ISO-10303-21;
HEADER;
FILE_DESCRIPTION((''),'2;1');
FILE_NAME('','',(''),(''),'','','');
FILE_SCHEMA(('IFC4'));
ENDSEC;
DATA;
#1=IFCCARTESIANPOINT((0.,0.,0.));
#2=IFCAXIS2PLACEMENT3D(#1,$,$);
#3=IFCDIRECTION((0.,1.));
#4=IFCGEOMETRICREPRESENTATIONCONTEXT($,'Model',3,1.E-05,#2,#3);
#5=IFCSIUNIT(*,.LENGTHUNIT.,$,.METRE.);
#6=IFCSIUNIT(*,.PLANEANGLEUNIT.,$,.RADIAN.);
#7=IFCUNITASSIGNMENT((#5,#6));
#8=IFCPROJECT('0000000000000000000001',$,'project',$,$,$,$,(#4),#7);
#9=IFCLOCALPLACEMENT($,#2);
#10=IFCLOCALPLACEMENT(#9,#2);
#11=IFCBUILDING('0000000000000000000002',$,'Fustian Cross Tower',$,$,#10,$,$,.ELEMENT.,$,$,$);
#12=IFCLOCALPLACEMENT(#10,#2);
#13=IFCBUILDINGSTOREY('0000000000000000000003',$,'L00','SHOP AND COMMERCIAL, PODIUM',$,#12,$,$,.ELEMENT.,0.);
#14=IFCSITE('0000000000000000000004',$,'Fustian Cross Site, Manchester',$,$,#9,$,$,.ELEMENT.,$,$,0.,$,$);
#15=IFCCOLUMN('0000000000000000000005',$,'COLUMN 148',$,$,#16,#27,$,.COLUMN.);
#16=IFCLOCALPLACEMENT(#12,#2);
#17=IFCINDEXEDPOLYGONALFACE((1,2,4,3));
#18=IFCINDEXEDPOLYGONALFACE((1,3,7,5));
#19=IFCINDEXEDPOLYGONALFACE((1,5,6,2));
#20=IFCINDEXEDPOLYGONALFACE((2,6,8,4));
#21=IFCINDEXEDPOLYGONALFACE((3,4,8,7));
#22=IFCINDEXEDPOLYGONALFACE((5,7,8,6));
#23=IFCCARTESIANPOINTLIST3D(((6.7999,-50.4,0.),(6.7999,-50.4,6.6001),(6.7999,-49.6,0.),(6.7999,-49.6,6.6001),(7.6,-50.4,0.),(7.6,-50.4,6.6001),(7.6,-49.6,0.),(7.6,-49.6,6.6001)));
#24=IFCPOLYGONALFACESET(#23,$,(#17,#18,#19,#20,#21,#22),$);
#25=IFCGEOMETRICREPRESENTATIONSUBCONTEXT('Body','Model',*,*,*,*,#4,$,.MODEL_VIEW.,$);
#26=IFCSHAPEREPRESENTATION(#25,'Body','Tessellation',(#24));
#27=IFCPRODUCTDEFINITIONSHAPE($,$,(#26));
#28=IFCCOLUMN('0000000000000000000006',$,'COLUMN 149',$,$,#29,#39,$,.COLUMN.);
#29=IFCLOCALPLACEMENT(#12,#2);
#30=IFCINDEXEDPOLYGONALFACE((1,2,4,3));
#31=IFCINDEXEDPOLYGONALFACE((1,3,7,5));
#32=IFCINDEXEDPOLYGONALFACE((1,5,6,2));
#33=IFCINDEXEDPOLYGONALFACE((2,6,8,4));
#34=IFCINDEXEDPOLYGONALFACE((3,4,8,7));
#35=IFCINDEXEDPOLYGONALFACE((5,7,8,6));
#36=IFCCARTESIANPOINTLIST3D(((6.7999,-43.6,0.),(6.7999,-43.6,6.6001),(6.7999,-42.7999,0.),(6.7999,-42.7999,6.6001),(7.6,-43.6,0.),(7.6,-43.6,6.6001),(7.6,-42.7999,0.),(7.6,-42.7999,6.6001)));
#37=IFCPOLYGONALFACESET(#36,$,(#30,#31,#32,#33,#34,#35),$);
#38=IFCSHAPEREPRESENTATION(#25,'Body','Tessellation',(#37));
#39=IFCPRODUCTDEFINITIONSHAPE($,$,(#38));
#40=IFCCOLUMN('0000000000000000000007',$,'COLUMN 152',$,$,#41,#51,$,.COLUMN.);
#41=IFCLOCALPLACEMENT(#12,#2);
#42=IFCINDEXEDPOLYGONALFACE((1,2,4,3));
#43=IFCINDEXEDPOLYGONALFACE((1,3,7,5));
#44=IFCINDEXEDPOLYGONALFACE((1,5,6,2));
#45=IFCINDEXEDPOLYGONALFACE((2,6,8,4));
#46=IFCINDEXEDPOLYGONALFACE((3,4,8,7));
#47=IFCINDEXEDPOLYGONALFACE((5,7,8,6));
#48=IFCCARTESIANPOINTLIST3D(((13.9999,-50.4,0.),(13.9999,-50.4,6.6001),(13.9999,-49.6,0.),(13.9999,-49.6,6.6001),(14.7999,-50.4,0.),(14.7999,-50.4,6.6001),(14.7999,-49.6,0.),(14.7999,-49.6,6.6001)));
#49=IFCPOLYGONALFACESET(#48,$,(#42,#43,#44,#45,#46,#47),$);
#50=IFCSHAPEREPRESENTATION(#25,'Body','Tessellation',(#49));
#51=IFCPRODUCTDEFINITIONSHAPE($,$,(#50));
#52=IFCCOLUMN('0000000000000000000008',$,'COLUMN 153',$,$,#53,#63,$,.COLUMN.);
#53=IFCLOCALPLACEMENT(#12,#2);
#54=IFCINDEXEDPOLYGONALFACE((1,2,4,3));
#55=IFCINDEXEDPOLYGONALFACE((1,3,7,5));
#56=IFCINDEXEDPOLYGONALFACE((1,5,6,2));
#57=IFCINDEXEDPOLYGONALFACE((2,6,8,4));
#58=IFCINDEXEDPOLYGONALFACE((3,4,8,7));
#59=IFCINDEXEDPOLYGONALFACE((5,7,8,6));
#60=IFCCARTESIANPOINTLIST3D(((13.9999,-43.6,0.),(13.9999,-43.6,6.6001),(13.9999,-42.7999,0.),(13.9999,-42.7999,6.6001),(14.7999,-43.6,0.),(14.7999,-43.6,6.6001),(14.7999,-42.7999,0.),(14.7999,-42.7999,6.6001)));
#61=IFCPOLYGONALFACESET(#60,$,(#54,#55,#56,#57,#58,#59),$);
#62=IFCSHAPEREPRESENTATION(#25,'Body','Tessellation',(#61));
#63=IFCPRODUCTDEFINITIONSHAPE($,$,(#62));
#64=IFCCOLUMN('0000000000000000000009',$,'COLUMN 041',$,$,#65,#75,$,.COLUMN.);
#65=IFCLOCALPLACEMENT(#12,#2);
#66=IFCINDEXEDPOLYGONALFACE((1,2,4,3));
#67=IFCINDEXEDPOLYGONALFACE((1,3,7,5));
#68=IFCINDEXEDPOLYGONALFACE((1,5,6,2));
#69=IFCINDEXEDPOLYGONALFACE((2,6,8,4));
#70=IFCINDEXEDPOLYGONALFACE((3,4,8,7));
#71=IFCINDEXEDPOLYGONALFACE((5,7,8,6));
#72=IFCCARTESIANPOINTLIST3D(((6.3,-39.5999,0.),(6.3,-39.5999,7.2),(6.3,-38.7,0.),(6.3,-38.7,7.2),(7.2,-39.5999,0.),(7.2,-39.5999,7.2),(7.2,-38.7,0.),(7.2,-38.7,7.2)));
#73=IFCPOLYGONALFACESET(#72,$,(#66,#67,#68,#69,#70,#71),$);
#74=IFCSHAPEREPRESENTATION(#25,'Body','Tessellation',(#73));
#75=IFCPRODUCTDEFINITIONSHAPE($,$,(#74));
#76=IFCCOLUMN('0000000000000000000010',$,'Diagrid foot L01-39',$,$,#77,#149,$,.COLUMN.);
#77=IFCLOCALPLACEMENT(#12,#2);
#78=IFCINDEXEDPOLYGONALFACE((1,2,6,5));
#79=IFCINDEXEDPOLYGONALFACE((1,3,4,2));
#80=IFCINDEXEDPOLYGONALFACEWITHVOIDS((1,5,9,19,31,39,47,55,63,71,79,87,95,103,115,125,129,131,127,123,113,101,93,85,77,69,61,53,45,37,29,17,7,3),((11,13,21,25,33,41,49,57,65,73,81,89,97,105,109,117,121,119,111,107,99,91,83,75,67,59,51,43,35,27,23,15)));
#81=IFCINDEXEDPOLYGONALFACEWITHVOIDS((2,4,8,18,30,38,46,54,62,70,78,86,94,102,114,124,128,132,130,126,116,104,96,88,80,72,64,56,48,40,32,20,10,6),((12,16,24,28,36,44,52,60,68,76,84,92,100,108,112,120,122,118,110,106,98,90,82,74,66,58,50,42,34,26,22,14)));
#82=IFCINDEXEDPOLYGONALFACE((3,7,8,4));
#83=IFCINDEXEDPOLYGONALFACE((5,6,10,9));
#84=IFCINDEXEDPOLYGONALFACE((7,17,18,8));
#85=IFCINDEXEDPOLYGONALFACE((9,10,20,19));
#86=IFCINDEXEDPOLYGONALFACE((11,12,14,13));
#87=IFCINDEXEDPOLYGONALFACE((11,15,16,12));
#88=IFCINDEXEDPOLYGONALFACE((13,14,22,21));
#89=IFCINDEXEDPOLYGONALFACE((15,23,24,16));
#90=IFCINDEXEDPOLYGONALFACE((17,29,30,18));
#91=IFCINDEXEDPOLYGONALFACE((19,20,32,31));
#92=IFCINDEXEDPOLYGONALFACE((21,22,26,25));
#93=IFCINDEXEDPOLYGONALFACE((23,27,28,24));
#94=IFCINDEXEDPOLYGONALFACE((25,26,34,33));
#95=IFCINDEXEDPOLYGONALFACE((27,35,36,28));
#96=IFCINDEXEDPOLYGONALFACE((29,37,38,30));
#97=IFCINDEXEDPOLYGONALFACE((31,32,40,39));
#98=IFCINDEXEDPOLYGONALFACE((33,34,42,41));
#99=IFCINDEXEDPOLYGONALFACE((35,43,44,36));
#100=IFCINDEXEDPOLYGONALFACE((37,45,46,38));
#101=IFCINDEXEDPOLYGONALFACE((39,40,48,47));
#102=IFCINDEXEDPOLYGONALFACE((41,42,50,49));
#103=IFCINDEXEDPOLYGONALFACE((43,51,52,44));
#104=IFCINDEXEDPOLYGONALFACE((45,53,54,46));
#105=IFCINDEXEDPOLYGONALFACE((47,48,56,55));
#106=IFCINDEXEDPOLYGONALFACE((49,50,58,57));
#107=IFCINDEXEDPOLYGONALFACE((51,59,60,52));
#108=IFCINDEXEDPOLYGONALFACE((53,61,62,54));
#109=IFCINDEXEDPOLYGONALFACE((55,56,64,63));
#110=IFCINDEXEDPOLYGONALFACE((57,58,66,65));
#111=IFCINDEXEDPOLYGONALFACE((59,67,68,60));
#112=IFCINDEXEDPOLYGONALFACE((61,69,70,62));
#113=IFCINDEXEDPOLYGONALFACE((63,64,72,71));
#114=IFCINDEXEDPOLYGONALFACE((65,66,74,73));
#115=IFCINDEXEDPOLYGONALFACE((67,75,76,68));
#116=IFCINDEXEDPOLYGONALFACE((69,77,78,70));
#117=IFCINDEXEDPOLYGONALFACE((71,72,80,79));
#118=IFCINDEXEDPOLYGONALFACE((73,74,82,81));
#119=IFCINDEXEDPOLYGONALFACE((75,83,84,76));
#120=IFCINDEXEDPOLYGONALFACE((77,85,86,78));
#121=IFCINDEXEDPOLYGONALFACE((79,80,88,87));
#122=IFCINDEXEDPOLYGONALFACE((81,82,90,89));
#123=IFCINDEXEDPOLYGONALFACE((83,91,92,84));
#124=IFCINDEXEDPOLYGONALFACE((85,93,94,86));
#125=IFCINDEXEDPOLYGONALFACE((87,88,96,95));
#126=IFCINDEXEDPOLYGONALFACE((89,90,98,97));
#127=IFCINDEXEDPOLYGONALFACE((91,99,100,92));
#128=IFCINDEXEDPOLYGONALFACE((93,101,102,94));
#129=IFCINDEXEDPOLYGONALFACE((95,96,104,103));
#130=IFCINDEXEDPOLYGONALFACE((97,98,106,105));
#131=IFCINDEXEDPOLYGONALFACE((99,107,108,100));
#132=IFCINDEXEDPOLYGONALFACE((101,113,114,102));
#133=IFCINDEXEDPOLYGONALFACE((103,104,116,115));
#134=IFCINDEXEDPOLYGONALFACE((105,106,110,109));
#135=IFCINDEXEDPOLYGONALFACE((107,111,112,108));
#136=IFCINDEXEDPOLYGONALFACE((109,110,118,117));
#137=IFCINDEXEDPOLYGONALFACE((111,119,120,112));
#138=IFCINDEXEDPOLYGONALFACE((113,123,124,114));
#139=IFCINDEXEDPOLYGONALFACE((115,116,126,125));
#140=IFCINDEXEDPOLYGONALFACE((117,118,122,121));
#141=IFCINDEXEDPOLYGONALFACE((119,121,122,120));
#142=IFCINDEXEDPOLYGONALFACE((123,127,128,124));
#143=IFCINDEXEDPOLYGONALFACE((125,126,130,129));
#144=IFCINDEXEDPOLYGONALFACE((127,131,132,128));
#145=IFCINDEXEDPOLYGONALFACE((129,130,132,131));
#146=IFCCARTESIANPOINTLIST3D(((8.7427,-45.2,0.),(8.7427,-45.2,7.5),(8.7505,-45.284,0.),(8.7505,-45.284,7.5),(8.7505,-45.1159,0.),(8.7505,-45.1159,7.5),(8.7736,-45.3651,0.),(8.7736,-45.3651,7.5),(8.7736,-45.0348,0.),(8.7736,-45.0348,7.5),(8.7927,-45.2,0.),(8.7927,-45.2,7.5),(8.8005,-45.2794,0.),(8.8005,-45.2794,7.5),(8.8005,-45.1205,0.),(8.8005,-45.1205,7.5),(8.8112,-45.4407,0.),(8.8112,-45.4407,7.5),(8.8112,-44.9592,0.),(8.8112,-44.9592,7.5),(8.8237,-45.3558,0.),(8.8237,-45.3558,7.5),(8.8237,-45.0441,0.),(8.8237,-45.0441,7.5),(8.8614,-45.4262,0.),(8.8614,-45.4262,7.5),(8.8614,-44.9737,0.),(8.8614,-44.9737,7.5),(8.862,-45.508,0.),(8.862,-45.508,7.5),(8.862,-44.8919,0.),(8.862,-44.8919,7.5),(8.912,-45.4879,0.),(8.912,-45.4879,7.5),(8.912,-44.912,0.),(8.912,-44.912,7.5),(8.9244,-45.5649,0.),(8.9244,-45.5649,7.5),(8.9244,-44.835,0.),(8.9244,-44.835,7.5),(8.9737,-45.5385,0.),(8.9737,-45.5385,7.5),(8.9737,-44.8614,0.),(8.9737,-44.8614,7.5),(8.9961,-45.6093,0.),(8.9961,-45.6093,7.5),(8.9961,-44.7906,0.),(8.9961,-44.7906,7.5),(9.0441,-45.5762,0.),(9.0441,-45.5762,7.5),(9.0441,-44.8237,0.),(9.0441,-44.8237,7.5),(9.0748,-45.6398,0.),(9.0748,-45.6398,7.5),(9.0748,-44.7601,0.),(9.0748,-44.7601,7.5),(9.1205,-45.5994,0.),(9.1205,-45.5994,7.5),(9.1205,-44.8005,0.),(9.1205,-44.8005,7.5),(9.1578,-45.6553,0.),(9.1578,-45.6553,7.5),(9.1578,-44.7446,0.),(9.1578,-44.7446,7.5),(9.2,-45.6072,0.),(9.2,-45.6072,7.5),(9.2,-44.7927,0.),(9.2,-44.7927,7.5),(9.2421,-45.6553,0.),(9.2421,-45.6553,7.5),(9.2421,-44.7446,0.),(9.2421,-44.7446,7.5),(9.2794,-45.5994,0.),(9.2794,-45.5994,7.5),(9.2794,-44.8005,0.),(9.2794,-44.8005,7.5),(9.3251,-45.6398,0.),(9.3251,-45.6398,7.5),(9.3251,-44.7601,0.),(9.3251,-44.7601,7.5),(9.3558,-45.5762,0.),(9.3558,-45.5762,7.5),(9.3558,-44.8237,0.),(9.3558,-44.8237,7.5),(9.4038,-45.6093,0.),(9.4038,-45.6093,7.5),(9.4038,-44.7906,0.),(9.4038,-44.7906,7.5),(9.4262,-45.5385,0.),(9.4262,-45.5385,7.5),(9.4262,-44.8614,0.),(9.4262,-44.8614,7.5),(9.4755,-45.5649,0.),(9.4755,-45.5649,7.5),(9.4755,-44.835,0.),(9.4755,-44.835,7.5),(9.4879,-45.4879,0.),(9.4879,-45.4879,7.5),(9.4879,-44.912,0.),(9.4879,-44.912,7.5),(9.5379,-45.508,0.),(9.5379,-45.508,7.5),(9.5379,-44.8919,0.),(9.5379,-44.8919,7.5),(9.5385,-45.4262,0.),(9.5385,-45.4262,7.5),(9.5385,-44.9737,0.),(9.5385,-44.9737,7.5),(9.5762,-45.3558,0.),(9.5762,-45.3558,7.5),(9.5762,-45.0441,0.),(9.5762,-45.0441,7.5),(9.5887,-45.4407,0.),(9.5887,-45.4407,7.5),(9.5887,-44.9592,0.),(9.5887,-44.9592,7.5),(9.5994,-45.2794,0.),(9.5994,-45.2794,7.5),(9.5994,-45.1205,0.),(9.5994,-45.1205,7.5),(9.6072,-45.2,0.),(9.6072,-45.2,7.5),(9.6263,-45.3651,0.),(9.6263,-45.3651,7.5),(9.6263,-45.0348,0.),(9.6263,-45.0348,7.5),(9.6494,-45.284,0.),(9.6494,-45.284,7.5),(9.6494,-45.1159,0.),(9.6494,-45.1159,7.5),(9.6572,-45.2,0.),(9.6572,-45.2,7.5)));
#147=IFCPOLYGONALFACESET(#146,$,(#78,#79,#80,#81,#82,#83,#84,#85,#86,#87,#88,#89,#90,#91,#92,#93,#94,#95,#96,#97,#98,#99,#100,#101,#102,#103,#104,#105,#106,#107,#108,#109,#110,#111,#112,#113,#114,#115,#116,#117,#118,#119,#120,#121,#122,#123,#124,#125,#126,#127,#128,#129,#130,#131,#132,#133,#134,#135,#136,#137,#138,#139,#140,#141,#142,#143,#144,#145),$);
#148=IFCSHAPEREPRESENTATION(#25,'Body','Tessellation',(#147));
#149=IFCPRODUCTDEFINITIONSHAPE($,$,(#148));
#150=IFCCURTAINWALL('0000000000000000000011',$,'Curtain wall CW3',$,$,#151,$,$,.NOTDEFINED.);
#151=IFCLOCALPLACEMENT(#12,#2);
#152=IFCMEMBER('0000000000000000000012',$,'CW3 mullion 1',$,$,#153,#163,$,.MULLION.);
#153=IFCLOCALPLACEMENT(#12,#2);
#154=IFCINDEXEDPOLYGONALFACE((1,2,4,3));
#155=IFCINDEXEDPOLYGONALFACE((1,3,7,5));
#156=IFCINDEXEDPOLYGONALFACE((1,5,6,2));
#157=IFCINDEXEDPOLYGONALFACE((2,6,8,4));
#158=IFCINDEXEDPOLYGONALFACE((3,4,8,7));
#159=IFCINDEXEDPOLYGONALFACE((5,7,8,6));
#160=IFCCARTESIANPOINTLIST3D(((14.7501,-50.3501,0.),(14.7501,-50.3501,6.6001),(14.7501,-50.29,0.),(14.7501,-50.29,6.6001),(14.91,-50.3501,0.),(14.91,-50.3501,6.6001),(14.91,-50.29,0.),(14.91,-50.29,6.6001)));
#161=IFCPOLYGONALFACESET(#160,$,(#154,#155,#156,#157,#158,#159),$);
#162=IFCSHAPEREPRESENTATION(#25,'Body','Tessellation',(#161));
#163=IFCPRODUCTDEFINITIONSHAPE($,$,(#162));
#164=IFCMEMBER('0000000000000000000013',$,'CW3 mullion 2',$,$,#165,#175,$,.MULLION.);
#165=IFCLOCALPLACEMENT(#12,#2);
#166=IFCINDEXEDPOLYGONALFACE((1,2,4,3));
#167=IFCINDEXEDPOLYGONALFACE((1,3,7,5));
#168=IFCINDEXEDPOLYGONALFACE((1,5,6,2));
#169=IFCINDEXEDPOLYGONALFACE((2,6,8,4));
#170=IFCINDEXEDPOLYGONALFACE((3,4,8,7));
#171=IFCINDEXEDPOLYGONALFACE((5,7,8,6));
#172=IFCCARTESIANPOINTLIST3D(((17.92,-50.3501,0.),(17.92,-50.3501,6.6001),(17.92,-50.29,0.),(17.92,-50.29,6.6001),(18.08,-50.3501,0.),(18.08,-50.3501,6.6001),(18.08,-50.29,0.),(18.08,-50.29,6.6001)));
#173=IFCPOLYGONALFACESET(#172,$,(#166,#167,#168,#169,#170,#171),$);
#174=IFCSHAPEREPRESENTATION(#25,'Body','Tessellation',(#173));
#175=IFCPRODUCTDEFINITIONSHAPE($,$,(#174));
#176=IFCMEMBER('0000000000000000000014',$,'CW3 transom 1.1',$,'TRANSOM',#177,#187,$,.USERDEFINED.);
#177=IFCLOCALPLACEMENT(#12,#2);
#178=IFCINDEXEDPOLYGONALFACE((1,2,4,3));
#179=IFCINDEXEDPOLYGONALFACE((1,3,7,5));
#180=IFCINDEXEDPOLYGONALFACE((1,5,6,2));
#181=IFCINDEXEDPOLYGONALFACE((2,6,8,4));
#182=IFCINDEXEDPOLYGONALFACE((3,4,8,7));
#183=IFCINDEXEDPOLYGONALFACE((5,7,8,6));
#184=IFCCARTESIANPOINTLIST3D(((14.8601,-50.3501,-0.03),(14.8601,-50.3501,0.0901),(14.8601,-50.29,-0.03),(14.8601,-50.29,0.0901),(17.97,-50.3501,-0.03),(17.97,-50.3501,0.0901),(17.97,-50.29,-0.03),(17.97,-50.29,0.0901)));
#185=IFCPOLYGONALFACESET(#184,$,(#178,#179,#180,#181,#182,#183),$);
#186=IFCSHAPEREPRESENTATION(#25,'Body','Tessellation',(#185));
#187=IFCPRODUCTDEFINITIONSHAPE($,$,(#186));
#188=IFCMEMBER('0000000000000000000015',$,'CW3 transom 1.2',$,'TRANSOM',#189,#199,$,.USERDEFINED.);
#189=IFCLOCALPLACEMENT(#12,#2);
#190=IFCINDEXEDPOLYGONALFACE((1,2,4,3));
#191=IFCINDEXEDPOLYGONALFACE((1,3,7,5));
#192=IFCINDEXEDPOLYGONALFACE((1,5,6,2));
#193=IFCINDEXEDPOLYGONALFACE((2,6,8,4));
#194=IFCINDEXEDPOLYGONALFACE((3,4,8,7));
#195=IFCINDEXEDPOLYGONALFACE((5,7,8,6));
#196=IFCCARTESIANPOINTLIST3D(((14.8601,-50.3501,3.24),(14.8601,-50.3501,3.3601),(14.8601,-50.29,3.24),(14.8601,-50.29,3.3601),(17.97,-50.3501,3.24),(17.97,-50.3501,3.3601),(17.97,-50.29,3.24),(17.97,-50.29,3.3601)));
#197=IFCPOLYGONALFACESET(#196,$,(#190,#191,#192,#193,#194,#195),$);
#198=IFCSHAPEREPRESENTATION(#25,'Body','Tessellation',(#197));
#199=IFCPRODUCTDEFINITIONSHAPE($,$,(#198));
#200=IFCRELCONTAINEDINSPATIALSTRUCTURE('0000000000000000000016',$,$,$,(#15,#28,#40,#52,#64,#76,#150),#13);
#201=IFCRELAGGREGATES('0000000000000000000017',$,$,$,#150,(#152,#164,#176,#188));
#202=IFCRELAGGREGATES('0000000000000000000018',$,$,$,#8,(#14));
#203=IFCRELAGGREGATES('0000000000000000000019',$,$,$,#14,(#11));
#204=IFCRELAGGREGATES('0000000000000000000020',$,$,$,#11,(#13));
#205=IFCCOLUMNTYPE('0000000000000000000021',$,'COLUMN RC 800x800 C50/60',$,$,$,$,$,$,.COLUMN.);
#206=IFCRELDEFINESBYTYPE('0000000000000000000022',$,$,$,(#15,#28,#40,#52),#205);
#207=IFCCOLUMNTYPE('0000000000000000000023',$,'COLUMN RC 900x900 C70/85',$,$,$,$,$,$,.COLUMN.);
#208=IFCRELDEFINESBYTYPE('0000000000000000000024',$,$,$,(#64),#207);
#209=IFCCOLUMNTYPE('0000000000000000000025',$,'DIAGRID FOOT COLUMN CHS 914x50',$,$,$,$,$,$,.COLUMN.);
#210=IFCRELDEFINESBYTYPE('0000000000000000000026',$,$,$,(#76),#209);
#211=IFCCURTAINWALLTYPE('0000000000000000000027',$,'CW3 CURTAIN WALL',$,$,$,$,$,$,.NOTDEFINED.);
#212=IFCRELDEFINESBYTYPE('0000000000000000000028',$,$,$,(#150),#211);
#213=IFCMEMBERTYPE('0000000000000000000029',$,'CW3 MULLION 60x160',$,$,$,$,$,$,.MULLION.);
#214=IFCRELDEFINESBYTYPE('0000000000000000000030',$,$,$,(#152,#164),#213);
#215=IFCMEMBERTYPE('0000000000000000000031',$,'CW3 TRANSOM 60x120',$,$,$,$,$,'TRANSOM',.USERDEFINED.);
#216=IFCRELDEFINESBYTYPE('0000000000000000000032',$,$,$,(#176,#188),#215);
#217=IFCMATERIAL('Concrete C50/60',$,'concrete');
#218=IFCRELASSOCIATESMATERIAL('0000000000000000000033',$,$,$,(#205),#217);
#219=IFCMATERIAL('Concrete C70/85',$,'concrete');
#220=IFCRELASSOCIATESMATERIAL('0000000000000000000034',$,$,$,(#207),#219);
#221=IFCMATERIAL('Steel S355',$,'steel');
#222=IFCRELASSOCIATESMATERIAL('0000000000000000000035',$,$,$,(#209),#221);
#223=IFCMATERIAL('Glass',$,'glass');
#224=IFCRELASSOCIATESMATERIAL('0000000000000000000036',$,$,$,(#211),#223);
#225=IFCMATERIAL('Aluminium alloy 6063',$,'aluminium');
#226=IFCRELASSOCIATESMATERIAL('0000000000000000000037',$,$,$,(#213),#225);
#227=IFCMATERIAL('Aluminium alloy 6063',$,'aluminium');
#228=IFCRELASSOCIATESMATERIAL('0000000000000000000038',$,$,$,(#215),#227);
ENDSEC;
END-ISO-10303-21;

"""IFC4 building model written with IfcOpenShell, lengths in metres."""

from ifc_helpers import new_model, si_unit, direction, frame, origin, origin_2d, place, context, subcontext, project, spatial, rectangle, hollow_circle, extrude, material, material_profile, profile_set, type_object, element, aggregate, save


model = new_model("IFC4")

# Units and contexts
model_context = context("Model", 3, precision=1e-05, world=origin(), true_north=direction((0.0, 1.0)))
body_context = subcontext(model_context, "Body", "Model", "MODEL_VIEW")
ifc_project = project(units=[si_unit("LENGTHUNIT", "METRE"), si_unit("PLANEANGLEUNIT", "RADIAN")], contexts=[model_context])

# Site, building, storey
site_placement = place(None, origin())
site = spatial("IfcSite", under=ifc_project, at=site_placement, Name="Fustian Cross Site, Manchester", CompositionType="ELEMENT", RefElevation=0.0)
building_placement = place(site_placement, origin())
building = spatial("IfcBuilding", under=site, at=building_placement, Name="Fustian Cross Tower", CompositionType="ELEMENT")
storey_placement = place(building_placement, origin())
storey = spatial("IfcBuildingStorey", under=building, at=storey_placement, Name="L00", Description="SHOP AND COMMERCIAL, PODIUM", CompositionType="ELEMENT", Elevation=0.0)

# Columns
ifc_material_1 = material(Name="Concrete C50/60", Category="concrete")
ifc_material_profile_1 = material_profile(ifc_material_1, rectangle(XDim=0.8, YDim=0.8, at=origin_2d()), Name="RC 800x800")
ifc_profile_set_1 = profile_set([ifc_material_profile_1], Name="Concrete C50/60")
column_type_1 = type_object("IfcColumnType", Name="COLUMN RC 800x800 C50/60", PredefinedType="COLUMN", material=ifc_profile_set_1)
for number, where, z_axis, x_axis, name in (
    (1, (7.2, -50.0, 0.0), (0.0, 0.0, 1.0), (1.0, 0.0, 0.0), "COLUMN 148"),
    (2, (7.2, -43.2, 0.0), (0.0, 0.0, 1.0), (1.0, 0.0, 0.0), "COLUMN 149"),
    (3, (14.3999, -50.0, 0.0), (0.0, 0.0, 1.0), (1.0, 0.0, 0.0), "COLUMN 152"),
    (4, (14.3999, -43.2, 0.0), (0.0, 0.0, 1.0), (1.0, 0.0, 0.0), "COLUMN 153"),
):
    element("IfcColumn", number, at=place(storey_placement, frame(where, z_axis=z_axis, x_axis=x_axis)), inside=storey, type_object=column_type_1, Name=name, PredefinedType="COLUMN", context=body_context, shape_type="SweptSolid", body=[
        extrude(rectangle(XDim=0.8, YDim=0.8, at=origin_2d()), origin(), (0.0, 0.0, 1.0), 6.6001),
    ])
ifc_material_2 = material(Name="Concrete C70/85", Category="concrete")
ifc_material_profile_2 = material_profile(ifc_material_2, rectangle(XDim=0.8999, YDim=0.8999, at=origin_2d()), Name="RC 900x900")
ifc_profile_set_2 = profile_set([ifc_material_profile_2], Name="Concrete C70/85")
column_type_2 = type_object("IfcColumnType", Name="COLUMN RC 900x900 C70/85", PredefinedType="COLUMN", material=ifc_profile_set_2)
column_1_placement = place(storey_placement, frame((6.75, -39.1499, 0.0), z_axis=(0.0, 0.0, 1.0), x_axis=(1.0, 0.0, 0.0)))
element("IfcColumn", 5, at=column_1_placement, inside=storey, type_object=column_type_2, Name="COLUMN 041", PredefinedType="COLUMN", context=body_context, shape_type="SweptSolid", body=[
    extrude(rectangle(XDim=0.8999, YDim=0.8999, at=origin_2d()), origin(), (0.0, 0.0, 1.0), 7.2),
])
ifc_material_3 = material(Name="Steel S355", Category="steel")
ifc_material_profile_3 = material_profile(ifc_material_3, hollow_circle(Radius=0.4573, WallThickness=0.05, at=origin_2d()), Name="CHS 914x50")
ifc_profile_set_3 = profile_set([ifc_material_profile_3], Name="Steel S355")
column_type_3 = type_object("IfcColumnType", Name="DIAGRID FOOT COLUMN CHS 914x50", PredefinedType="COLUMN", material=ifc_profile_set_3)
column_2_placement = place(storey_placement, frame((9.2, -45.2, 0.0), z_axis=(0.0, 0.0, 1.0), x_axis=(1.0, 0.0, 0.0)))
element("IfcColumn", 6, at=column_2_placement, inside=storey, type_object=column_type_3, Name="Diagrid foot L01-39", PredefinedType="COLUMN", context=body_context, shape_type="SweptSolid", body=[
    extrude(hollow_circle(Radius=0.4573, WallThickness=0.05, at=origin_2d()), origin(), (0.0, 0.0, 1.0), 7.5),
])

# Curtain wall, members
ifc_material_4 = material(Name="Glass", Category="glass")
curtain_wall_type = type_object("IfcCurtainWallType", Name="CW3 CURTAIN WALL", PredefinedType="NOTDEFINED", material=ifc_material_4)
curtain_wall_placement = place(storey_placement, origin())
curtain_wall = element("IfcCurtainWall", 7, at=curtain_wall_placement, inside=storey, type_object=curtain_wall_type, Name="Curtain wall CW3", PredefinedType="NOTDEFINED")
ifc_material_5 = material(Name="Aluminium alloy 6063", Category="aluminium")
ifc_material_profile_4 = material_profile(ifc_material_5, rectangle(XDim=0.0601, YDim=0.1599, at=origin_2d()), Name="CW3 MULLION 60x160")
ifc_profile_set_4 = profile_set([ifc_material_profile_4], Name="Aluminium alloy 6063")
member_type_1 = type_object("IfcMemberType", Name="CW3 MULLION 60x160", PredefinedType="MULLION", material=ifc_profile_set_4)
member_1_placement = place(storey_placement, frame((14.8301, -50.3201, 0.0), z_axis=(0.0, 0.0, 1.0), x_axis=(0.0, 1.0, 0.0)))
member_1 = element("IfcMember", 8, at=member_1_placement, type_object=member_type_1, Name="CW3 mullion 1", PredefinedType="MULLION", context=body_context, shape_type="SweptSolid", body=[
    extrude(rectangle(XDim=0.0601, YDim=0.1599, at=origin_2d()), origin(), (0.0, 0.0, 1.0), 6.6001),
])
member_2_placement = place(storey_placement, frame((18.0, -50.3201, 0.0), z_axis=(0.0, 0.0, 1.0), x_axis=(0.0, 1.0, 0.0)))
member_2 = element("IfcMember", 9, at=member_2_placement, type_object=member_type_1, Name="CW3 mullion 2", PredefinedType="MULLION", context=body_context, shape_type="SweptSolid", body=[
    extrude(rectangle(XDim=0.0601, YDim=0.1599, at=origin_2d()), origin(), (0.0, 0.0, 1.0), 6.6001),
])
ifc_material_6 = material(Name="Aluminium alloy 6063", Category="aluminium")
ifc_material_profile_5 = material_profile(ifc_material_6, rectangle(XDim=0.0601, YDim=0.1201, at=origin_2d()), Name="CW3 TRANSOM 60x120")
ifc_profile_set_5 = profile_set([ifc_material_profile_5], Name="Aluminium alloy 6063")
member_type_2 = type_object("IfcMemberType", Name="CW3 TRANSOM 60x120", ElementType="TRANSOM", PredefinedType="USERDEFINED", material=ifc_profile_set_5)
member_3_placement = place(storey_placement, frame((14.8601, -50.3201, 0.03), z_axis=(1.0, 0.0, 0.0), x_axis=(0.0, 1.0, 0.0)))
member_3 = element("IfcMember", 10, at=member_3_placement, type_object=member_type_2, Name="CW3 transom 1.1", ObjectType="TRANSOM", PredefinedType="USERDEFINED", context=body_context, shape_type="SweptSolid", body=[
    extrude(rectangle(XDim=0.0601, YDim=0.1201, at=origin_2d()), origin(), (0.0, 0.0, 1.0), 3.1099),
])
member_4_placement = place(storey_placement, frame((14.8601, -50.3201, 3.3), z_axis=(1.0, 0.0, 0.0), x_axis=(0.0, 1.0, 0.0)))
member_4 = element("IfcMember", 11, at=member_4_placement, type_object=member_type_2, Name="CW3 transom 1.2", ObjectType="TRANSOM", PredefinedType="USERDEFINED", context=body_context, shape_type="SweptSolid", body=[
    extrude(rectangle(XDim=0.0601, YDim=0.1201, at=origin_2d()), origin(), (0.0, 0.0, 1.0), 3.1099),
])
aggregate(curtain_wall, [member_1, member_2, member_3, member_4])

save(model, "model.ifc")
